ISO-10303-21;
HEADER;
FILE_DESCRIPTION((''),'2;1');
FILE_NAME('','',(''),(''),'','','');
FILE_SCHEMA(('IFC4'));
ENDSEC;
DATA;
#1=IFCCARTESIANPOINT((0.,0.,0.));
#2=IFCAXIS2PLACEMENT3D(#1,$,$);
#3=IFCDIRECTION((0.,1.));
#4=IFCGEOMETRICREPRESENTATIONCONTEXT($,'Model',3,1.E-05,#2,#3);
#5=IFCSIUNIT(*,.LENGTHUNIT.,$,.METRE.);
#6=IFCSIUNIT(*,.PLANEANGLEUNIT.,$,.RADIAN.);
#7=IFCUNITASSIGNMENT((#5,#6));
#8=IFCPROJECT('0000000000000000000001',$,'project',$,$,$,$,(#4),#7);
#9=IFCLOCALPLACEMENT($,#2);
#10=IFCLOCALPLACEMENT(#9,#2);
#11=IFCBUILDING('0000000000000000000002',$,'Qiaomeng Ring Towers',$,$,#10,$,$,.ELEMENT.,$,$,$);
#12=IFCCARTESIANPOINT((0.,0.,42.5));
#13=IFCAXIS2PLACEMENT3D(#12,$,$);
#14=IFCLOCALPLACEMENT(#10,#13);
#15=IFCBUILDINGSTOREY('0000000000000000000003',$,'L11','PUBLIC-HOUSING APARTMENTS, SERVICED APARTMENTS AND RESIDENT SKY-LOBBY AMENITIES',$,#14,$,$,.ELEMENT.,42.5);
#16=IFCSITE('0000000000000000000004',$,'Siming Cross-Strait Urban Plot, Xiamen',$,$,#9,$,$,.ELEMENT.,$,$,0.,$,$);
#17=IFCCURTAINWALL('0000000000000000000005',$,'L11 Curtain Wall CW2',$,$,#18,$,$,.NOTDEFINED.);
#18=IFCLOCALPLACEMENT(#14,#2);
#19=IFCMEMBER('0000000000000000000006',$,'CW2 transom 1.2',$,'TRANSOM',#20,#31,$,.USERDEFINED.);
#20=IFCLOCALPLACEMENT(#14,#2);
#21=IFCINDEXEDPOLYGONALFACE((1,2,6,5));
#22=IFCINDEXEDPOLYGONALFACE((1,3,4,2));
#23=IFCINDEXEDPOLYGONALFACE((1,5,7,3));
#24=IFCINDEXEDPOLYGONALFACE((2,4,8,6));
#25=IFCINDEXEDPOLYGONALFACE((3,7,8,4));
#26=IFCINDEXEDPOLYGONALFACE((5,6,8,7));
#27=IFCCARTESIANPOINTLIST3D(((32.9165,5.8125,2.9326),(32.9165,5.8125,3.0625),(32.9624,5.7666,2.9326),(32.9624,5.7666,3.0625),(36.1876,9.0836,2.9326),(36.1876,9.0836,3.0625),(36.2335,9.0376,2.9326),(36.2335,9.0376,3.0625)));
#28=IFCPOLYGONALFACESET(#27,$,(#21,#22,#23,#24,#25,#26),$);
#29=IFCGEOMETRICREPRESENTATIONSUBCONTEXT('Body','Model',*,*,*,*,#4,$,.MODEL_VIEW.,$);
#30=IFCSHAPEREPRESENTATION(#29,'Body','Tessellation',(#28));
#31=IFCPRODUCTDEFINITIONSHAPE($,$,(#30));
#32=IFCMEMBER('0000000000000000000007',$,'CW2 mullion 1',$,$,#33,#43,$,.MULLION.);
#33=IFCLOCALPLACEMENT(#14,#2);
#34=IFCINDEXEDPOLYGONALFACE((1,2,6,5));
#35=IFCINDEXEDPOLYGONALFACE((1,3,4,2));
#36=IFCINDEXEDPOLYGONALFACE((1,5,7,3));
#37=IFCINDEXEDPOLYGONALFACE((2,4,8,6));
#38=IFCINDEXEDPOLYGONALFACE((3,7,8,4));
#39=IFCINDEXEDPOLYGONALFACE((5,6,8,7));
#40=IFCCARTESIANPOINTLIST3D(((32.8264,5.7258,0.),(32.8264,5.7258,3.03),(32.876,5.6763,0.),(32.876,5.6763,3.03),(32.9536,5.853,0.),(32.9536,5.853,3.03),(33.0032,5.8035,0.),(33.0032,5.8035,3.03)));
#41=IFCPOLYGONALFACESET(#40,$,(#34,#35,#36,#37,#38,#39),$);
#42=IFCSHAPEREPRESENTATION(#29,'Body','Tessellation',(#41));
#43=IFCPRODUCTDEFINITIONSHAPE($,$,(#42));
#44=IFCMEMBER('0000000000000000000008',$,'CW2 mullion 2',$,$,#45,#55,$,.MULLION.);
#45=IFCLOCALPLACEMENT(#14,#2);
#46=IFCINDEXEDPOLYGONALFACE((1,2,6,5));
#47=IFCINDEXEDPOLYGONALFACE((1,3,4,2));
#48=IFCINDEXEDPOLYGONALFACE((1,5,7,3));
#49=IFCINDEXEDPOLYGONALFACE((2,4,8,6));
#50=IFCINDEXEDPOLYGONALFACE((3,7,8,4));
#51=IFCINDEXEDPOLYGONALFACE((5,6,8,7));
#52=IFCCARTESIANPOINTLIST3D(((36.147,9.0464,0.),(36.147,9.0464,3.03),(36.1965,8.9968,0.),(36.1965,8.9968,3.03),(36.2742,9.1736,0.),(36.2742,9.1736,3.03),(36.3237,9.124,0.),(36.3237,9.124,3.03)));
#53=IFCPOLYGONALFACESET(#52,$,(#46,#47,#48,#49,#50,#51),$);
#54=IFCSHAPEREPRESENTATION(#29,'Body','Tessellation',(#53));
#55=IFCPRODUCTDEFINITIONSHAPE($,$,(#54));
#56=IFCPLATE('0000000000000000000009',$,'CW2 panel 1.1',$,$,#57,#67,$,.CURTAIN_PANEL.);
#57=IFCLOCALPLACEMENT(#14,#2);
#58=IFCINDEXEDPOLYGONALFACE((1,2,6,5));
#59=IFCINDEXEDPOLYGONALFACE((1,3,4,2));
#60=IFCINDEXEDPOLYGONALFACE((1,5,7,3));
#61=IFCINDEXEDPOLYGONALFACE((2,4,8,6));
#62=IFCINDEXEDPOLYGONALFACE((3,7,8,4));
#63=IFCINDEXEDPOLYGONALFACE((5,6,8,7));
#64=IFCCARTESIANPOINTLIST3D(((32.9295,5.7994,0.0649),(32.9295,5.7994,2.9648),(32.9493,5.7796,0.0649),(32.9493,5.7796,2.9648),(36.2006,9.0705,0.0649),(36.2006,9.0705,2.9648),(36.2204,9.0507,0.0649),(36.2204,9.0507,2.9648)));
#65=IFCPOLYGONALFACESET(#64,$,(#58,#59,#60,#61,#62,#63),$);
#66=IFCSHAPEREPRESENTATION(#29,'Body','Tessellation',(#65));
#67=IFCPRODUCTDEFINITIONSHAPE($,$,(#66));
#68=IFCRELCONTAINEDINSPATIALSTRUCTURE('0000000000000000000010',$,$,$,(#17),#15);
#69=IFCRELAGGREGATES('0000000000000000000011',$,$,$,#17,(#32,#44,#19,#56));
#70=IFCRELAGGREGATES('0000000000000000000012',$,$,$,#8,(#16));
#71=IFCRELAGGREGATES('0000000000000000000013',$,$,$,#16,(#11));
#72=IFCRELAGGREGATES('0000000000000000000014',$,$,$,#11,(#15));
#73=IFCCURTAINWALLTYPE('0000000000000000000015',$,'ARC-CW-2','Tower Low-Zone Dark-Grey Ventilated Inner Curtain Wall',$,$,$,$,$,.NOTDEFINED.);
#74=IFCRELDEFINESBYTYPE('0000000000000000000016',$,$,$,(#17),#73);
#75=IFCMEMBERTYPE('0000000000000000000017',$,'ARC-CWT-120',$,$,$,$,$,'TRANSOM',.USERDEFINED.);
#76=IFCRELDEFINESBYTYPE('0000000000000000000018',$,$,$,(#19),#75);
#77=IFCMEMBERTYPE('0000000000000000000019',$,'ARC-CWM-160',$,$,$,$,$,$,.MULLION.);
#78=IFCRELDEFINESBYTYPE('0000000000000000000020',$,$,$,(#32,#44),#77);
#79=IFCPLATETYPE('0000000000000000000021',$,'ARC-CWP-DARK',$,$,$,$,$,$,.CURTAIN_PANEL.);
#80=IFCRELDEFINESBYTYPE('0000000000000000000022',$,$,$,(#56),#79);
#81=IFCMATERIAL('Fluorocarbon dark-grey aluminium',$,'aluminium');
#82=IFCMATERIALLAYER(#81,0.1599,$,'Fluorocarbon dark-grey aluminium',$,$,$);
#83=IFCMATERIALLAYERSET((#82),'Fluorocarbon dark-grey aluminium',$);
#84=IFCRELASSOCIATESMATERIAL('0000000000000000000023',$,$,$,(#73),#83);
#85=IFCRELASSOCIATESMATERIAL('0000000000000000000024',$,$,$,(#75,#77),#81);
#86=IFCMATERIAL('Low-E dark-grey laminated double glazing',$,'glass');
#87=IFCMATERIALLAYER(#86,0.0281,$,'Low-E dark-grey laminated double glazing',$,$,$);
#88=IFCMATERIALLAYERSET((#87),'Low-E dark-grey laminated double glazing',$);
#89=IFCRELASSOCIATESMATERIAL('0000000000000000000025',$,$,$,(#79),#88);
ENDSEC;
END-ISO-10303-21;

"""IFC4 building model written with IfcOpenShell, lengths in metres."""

from ifc_helpers import new_model, si_unit, direction, frame, origin, origin_2d, place, context, subcontext, project, spatial, rectangle, extrude, source, transform, mapped, material, layer, layer_set, material_profile, profile_set, type_object, element, aggregate, save


model = new_model("IFC4")

# Units and contexts
model_context = context("Model", 3, precision=1e-05, world=origin(), true_north=direction((0.0, 1.0)))
body_context = subcontext(model_context, "Body", "Model", "MODEL_VIEW")
ifc_project = project(units=[si_unit("LENGTHUNIT", "METRE"), si_unit("PLANEANGLEUNIT", "RADIAN")], contexts=[model_context])

# Site, building, storey
site_placement = place(None, origin())
site = spatial("IfcSite", under=ifc_project, at=site_placement, Name="Siming Cross-Strait Urban Plot, Xiamen", CompositionType="ELEMENT", RefElevation=0.0)
building_placement = place(site_placement, origin())
building = spatial("IfcBuilding", under=site, at=building_placement, Name="Qiaomeng Ring Towers", CompositionType="ELEMENT")
storey_placement = place(building_placement, frame((0.0, 0.0, 42.5)))
storey = spatial("IfcBuildingStorey", under=building, at=storey_placement, Name="L11", Description="PUBLIC-HOUSING APARTMENTS, SERVICED APARTMENTS AND RESIDENT SKY-LOBBY AMENITIES", CompositionType="ELEMENT", Elevation=42.5)

# Curtain wall, members, plate
ifc_material_1 = material(Name="Fluorocarbon dark-grey aluminium", Category="aluminium")
ifc_layer_1 = layer(ifc_material_1, 0.1599, Name="Fluorocarbon dark-grey aluminium")
ifc_layer_set_1 = layer_set([ifc_layer_1], Name="Fluorocarbon dark-grey aluminium")
curtain_wall_type = type_object("IfcCurtainWallType", Name="ARC-CW-2", Description="Tower Low-Zone Dark-Grey Ventilated Inner Curtain Wall", PredefinedType="NOTDEFINED", material=ifc_layer_set_1)
curtain_wall_placement = place(storey_placement, origin())
curtain_wall = element("IfcCurtainWall", 1, at=curtain_wall_placement, inside=storey, type_object=curtain_wall_type, Name="L11 Curtain Wall CW2", PredefinedType="NOTDEFINED")
ifc_material_profile_1 = material_profile(ifc_material_1, rectangle(XDim=0.0649, YDim=0.1299, at=origin_2d()), Name="ALU TRAN 65x130")
ifc_profile_set_1 = profile_set([ifc_material_profile_1], Name="Fluorocarbon dark-grey aluminium")
member_type_1 = type_object("IfcMemberType", Name="ARC-CWT-120", ElementType="TRANSOM", PredefinedType="USERDEFINED", material=ifc_profile_set_1)
shared_shape_1 = source(origin(), body_context, "Body", "SweptSolid", [
    extrude(rectangle(XDim=0.0649, YDim=0.1299, at=origin_2d()), origin(), (0.0, 0.0, 1.0), 4.626),
])
member_1_placement = place(storey_placement, frame((32.9395, 5.7896, 2.9976), z_axis=(0.707107, 0.707107, 0.0), x_axis=(-0.707107, 0.707107, 0.0)))
member_1 = element("IfcMember", 2, at=member_1_placement, type_object=member_type_1, Name="CW2 transom 1.2", ObjectType="TRANSOM", PredefinedType="USERDEFINED", context=body_context, shape_type="MappedRepresentation", body=[
    mapped(shared_shape_1, transform((0.0, 0.0, 0.0), x_axis=(1.0, 0.0, 0.0), y_axis=(0.0, 1.0, 0.0), z_axis=(0.0, 0.0, 1.0), scale=1.0)),
])
ifc_material_profile_2 = material_profile(ifc_material_1, rectangle(XDim=0.0701, YDim=0.1799, at=origin_2d()), Name="ALU MULL 70x180")
ifc_profile_set_2 = profile_set([ifc_material_profile_2], Name="Fluorocarbon dark-grey aluminium")
member_type_2 = type_object("IfcMemberType", Name="ARC-CWM-160", PredefinedType="MULLION", material=ifc_profile_set_2)
shared_shape_2 = source(origin(), body_context, "Body", "SweptSolid", [
    extrude(rectangle(XDim=0.0701, YDim=0.1799, at=origin_2d()), origin(), (0.0, 0.0, 1.0), 3.03),
])
member_2_placement = place(storey_placement, frame((32.9148, 5.7646, 0.0), z_axis=(0.0, 0.0, 1.0), x_axis=(-0.707107, 0.707107, 0.0)))
member_2 = element("IfcMember", 3, at=member_2_placement, type_object=member_type_2, Name="CW2 mullion 1", PredefinedType="MULLION", context=body_context, shape_type="MappedRepresentation", body=[
    mapped(shared_shape_2, transform((0.0, 0.0, 0.0), x_axis=(1.0, 0.0, 0.0), y_axis=(0.0, 1.0, 0.0), z_axis=(0.0, 0.0, 1.0), scale=1.0)),
])
member_3_placement = place(storey_placement, frame((36.2354, 9.0852, 0.0), z_axis=(0.0, 0.0, 1.0), x_axis=(-0.707107, 0.707107, 0.0)))
member_3 = element("IfcMember", 4, at=member_3_placement, type_object=member_type_2, Name="CW2 mullion 2", PredefinedType="MULLION", context=body_context, shape_type="MappedRepresentation", body=[
    mapped(shared_shape_2, transform((0.0, 0.0, 0.0), x_axis=(1.0, 0.0, 0.0), y_axis=(0.0, 1.0, 0.0), z_axis=(0.0, 0.0, 1.0), scale=1.0)),
])
ifc_material_2 = material(Name="Low-E dark-grey laminated double glazing", Category="glass")
ifc_layer_2 = layer(ifc_material_2, 0.0281, Name="Low-E dark-grey laminated double glazing")
ifc_layer_set_2 = layer_set([ifc_layer_2], Name="Low-E dark-grey laminated double glazing")
plate_type = type_object("IfcPlateType", Name="ARC-CWP-DARK", PredefinedType="CURTAIN_PANEL", material=ifc_layer_set_2)
shared_shape_3 = source(origin(), body_context, "Body", "SweptSolid", [
    extrude(rectangle(XDim=4.626, YDim=0.0281, at=origin_2d()), origin(), (0.0, 0.0, 1.0), 2.8999),
])
plate_placement = place(storey_placement, frame((34.575, 7.425, 0.0649), z_axis=(0.0, 0.0, 1.0), x_axis=(0.707107, 0.707107, 0.0)))
plate = element("IfcPlate", 5, at=plate_placement, type_object=plate_type, Name="CW2 panel 1.1", PredefinedType="CURTAIN_PANEL", context=body_context, shape_type="MappedRepresentation", body=[
    mapped(shared_shape_3, transform((0.0, 0.0, 0.0), x_axis=(1.0, 0.0, 0.0), y_axis=(0.0, 1.0, 0.0), z_axis=(0.0, 0.0, 1.0), scale=1.0)),
])
aggregate(curtain_wall, [member_2, member_3, member_1, plate])

save(model, "model.ifc")
